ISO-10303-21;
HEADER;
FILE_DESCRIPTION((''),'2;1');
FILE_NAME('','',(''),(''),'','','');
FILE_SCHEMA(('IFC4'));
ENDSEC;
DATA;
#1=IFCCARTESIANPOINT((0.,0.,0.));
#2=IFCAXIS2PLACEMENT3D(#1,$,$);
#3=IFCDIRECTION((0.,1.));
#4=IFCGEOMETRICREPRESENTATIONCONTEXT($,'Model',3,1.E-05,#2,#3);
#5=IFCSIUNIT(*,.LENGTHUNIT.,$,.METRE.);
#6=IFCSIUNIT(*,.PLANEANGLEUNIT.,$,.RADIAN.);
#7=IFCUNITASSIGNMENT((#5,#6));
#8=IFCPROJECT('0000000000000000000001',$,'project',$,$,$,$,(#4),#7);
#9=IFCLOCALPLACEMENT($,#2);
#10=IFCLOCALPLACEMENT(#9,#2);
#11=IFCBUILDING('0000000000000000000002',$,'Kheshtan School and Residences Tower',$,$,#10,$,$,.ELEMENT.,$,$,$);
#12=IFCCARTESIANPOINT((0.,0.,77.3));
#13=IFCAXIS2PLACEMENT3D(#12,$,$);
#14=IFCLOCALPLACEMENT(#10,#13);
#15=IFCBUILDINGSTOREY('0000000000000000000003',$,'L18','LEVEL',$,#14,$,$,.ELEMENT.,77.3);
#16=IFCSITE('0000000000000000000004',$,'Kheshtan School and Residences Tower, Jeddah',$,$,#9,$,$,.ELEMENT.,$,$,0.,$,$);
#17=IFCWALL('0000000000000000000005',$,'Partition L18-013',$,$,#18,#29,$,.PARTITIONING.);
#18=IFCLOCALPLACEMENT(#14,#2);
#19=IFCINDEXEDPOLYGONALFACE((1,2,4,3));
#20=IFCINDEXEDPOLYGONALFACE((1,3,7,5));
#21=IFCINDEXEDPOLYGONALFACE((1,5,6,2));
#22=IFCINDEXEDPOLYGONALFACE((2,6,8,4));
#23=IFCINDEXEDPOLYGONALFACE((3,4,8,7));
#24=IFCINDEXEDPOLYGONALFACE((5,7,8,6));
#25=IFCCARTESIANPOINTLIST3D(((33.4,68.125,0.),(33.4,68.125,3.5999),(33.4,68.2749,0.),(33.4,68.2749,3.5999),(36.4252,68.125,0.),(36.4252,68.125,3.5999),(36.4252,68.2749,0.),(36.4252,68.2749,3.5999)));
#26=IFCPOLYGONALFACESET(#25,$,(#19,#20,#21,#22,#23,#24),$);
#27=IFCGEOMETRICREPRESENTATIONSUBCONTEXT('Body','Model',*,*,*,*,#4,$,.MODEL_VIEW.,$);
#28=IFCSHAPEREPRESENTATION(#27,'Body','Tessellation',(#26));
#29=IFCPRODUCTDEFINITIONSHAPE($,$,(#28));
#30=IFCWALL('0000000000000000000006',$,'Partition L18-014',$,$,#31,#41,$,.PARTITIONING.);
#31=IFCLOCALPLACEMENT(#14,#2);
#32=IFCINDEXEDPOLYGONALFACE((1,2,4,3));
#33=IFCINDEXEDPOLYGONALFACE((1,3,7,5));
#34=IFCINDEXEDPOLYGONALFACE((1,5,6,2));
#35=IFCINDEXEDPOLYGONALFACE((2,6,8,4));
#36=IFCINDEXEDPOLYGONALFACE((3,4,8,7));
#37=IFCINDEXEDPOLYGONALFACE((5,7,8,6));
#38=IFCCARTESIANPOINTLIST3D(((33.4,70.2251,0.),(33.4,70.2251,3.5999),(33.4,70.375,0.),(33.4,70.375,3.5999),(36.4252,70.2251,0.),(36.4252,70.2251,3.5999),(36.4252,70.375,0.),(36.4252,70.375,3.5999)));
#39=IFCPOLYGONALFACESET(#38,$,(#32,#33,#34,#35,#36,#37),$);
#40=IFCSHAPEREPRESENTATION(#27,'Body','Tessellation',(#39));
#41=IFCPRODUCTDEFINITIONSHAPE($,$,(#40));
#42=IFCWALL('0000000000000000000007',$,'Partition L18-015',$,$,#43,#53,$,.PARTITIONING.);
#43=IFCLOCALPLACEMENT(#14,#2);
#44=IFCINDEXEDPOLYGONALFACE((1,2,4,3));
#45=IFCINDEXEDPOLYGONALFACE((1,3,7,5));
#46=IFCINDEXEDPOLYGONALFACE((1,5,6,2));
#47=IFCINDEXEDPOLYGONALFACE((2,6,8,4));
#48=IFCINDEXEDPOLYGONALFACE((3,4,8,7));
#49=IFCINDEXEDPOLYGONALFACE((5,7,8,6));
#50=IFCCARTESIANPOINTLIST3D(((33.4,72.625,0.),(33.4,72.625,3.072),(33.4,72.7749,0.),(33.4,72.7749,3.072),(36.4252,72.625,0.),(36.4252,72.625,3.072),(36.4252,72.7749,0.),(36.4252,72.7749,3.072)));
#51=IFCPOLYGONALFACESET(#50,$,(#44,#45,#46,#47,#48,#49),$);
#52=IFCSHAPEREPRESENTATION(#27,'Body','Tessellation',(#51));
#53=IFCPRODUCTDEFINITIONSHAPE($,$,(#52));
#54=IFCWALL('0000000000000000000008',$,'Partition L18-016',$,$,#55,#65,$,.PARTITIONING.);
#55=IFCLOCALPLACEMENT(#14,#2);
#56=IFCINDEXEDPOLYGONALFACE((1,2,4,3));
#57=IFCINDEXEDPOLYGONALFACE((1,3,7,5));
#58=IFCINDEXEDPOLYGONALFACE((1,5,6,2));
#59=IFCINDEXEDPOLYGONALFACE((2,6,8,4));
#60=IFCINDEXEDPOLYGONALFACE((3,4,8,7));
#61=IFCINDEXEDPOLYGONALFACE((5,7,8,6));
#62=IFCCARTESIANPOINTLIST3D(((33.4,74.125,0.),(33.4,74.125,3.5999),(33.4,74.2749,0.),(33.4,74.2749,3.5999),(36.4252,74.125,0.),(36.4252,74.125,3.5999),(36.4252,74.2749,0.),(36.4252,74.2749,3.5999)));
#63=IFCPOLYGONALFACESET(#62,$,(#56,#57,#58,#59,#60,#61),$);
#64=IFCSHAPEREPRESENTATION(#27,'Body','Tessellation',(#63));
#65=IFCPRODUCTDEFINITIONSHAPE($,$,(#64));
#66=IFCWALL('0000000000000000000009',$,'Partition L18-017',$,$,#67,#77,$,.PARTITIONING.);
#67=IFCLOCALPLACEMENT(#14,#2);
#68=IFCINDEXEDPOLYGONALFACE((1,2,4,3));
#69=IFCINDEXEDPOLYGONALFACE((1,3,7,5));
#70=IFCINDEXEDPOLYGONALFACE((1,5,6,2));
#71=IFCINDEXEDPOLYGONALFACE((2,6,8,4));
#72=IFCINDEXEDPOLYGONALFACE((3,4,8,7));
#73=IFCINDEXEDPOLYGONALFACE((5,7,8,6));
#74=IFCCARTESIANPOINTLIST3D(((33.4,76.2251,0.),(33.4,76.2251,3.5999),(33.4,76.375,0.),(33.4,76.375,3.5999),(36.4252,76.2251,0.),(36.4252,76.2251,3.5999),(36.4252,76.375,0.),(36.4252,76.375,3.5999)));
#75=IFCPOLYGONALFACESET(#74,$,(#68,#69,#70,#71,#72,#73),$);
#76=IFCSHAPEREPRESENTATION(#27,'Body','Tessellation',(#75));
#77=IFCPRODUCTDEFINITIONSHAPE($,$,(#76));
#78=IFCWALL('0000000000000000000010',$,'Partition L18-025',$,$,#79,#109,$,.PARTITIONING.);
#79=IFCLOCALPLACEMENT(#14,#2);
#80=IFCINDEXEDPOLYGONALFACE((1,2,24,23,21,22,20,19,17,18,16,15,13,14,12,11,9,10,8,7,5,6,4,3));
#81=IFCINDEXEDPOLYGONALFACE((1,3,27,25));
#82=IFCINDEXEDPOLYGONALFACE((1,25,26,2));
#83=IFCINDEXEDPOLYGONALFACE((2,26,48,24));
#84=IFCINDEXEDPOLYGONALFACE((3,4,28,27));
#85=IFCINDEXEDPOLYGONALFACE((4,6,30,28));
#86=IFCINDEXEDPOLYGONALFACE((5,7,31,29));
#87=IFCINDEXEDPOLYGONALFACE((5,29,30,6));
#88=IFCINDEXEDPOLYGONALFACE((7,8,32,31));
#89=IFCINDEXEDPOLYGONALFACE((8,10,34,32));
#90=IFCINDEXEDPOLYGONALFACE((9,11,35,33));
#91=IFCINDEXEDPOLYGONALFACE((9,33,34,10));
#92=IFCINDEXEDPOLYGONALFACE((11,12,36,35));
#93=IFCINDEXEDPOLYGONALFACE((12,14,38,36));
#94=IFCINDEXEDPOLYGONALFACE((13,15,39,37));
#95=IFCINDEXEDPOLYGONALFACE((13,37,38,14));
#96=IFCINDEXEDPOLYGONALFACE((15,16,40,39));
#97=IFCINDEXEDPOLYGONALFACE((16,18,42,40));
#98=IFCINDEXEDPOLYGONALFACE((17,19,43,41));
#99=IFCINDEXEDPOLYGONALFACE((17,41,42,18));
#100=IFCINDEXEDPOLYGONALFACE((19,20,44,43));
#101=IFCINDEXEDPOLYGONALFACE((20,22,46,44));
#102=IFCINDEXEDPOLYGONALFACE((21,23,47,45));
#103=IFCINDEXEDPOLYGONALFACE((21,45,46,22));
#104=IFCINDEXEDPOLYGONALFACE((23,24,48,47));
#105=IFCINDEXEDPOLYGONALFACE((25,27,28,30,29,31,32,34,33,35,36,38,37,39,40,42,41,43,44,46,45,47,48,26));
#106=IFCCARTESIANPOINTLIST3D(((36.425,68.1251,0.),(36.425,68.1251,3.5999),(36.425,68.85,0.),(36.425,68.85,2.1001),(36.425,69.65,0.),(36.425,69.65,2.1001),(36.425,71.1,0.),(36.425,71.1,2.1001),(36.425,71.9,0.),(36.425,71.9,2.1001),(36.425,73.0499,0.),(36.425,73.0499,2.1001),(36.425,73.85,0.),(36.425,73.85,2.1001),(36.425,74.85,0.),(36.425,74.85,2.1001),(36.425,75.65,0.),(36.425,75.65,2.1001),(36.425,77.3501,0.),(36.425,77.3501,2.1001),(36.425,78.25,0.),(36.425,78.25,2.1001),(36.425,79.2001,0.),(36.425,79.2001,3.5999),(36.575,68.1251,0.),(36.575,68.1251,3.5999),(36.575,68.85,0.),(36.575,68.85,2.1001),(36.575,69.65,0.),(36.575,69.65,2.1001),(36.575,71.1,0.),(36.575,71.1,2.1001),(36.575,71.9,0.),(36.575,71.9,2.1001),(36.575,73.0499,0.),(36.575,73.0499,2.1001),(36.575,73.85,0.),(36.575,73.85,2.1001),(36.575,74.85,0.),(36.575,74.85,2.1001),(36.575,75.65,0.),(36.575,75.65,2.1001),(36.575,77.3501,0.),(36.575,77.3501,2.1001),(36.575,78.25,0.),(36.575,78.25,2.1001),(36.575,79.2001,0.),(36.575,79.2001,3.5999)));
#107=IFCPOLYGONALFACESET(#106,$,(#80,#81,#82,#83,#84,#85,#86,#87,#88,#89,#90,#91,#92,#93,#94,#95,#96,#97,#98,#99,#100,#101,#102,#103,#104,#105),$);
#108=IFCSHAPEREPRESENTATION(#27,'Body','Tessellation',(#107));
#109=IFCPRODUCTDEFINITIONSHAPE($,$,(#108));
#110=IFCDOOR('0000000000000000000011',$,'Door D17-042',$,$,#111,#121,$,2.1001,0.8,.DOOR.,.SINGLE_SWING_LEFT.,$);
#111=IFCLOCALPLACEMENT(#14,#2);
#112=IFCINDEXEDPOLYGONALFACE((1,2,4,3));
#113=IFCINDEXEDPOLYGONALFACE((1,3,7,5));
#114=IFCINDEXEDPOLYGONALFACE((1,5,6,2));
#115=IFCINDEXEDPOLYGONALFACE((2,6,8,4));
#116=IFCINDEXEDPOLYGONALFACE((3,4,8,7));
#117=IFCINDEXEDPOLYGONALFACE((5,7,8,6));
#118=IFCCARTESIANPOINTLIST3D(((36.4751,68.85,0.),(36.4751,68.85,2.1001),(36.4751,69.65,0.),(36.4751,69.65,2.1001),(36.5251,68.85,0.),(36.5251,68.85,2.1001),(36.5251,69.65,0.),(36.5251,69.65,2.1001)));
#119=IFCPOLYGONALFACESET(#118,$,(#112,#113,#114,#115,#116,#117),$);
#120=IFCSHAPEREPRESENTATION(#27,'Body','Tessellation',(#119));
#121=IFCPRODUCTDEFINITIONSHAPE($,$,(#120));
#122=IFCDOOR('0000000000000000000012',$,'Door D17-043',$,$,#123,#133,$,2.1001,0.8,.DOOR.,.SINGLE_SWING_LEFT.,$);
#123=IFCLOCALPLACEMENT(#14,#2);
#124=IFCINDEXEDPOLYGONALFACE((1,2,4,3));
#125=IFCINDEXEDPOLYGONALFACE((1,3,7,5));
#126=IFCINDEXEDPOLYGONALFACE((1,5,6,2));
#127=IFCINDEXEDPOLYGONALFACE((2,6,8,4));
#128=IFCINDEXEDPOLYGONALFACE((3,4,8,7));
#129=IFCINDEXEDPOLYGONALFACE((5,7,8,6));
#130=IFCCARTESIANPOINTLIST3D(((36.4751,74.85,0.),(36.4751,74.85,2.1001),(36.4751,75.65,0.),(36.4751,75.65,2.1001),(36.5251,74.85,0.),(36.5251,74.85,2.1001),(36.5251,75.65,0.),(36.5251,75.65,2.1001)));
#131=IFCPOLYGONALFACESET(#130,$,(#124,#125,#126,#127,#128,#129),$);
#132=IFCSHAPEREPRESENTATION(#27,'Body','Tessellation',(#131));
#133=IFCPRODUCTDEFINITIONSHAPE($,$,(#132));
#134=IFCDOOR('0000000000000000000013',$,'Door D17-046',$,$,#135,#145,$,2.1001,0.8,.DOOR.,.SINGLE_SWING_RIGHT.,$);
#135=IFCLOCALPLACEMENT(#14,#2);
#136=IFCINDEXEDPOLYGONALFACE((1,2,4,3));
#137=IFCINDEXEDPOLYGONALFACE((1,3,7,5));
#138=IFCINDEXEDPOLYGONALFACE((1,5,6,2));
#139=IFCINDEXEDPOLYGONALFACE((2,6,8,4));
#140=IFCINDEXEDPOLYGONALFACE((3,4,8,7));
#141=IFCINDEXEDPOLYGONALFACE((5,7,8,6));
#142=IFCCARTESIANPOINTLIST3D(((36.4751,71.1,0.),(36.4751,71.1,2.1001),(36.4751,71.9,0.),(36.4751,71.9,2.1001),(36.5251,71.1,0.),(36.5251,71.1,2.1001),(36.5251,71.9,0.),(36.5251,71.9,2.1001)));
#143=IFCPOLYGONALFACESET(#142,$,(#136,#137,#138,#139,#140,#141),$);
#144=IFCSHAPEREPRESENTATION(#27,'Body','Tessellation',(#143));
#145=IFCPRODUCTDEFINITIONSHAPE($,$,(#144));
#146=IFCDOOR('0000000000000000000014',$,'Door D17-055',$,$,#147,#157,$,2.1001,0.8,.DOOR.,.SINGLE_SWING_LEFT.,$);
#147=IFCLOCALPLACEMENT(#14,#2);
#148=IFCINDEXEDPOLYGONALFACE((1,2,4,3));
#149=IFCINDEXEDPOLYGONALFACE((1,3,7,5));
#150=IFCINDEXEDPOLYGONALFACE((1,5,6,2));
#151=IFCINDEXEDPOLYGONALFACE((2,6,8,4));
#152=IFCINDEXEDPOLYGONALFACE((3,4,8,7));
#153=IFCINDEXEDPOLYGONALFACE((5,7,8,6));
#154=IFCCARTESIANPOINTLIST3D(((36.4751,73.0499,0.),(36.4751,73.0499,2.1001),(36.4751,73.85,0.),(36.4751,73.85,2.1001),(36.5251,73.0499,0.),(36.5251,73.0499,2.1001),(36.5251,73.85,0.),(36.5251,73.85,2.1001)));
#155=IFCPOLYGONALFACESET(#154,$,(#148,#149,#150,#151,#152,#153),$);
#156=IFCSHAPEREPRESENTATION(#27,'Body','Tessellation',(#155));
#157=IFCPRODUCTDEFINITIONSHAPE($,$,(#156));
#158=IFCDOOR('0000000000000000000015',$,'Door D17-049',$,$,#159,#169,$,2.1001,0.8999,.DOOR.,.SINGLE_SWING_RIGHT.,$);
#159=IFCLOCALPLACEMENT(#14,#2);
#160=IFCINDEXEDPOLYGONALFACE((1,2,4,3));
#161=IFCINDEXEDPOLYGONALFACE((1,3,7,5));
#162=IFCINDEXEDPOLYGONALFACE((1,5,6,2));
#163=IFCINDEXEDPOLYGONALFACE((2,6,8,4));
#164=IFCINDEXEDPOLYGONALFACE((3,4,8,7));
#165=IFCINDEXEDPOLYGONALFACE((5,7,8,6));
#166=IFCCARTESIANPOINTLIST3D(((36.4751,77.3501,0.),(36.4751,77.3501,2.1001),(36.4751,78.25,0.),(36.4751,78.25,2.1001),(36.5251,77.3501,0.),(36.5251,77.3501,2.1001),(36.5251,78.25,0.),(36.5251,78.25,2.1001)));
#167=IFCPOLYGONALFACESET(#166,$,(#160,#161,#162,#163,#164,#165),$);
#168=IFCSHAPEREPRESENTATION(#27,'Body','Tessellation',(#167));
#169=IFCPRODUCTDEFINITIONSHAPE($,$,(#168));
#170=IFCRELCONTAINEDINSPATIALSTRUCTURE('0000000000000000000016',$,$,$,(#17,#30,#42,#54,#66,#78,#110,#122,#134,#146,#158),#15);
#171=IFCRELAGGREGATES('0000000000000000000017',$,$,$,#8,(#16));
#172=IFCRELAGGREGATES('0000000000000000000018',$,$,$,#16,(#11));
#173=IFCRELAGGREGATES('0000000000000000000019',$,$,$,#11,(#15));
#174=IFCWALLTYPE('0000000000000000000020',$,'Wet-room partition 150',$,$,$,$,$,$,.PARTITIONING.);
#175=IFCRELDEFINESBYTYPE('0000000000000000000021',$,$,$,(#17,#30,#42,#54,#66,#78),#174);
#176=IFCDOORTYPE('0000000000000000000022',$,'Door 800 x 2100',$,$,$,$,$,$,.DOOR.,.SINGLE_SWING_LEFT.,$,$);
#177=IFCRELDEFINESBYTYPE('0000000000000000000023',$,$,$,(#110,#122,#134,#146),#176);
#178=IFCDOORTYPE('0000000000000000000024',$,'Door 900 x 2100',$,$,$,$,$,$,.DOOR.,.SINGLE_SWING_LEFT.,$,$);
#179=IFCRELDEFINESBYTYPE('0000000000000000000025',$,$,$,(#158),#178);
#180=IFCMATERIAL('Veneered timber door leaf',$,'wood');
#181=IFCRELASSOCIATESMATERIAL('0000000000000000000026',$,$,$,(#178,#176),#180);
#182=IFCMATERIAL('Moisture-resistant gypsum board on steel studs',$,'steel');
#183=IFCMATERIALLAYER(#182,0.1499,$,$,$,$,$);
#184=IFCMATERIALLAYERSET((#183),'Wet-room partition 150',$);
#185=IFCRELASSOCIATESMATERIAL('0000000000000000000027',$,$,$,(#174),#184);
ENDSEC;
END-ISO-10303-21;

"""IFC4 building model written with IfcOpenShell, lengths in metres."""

from ifc_helpers import new_model, si_unit, direction, frame, frame_2d, origin, place, context, subcontext, project, spatial, rectangle, extrude, source, transform, mapped, material, layer, layer_set, type_object, element, fill, save


model = new_model("IFC4")

# Units and contexts
model_context = context("Model", 3, precision=1e-05, world=origin(), true_north=direction((0.0, 1.0)))
body_context = subcontext(model_context, "Body", "Model", "MODEL_VIEW")
ifc_project = project(units=[si_unit("LENGTHUNIT", "METRE"), si_unit("PLANEANGLEUNIT", "RADIAN")], contexts=[model_context])

# Site, building, storey
site_placement = place(None, origin())
site = spatial("IfcSite", under=ifc_project, at=site_placement, Name="Kheshtan School and Residences Tower, Jeddah", CompositionType="ELEMENT", RefElevation=0.0)
building_placement = place(site_placement, origin())
building = spatial("IfcBuilding", under=site, at=building_placement, Name="Kheshtan School and Residences Tower", CompositionType="ELEMENT")
storey_placement = place(building_placement, frame((0.0, 0.0, 77.3)))
storey = spatial("IfcBuildingStorey", under=building, at=storey_placement, Name="L18", Description="LEVEL", CompositionType="ELEMENT", Elevation=77.3)

# Shared definitions
ifc_material_1 = material(Name="Veneered timber door leaf", Category="wood")
door_type_1 = type_object("IfcDoorType", Name="Door 900 x 2100", OperationType="SINGLE_SWING_LEFT", PredefinedType="DOOR", material=ifc_material_1)
shared_shape_1 = source(origin(), body_context, "Body", "SweptSolid", [
    extrude(rectangle(XDim=0.8999, YDim=2.1001, at=frame_2d((0.45, 1.05))), frame((0.0, 0.0249, 0.0), z_axis=(0.0, -1.0, 0.0), x_axis=(1.0, 0.0, 0.0)), (0.0, 0.0, 1.0), 0.05),
])

# Walls
ifc_material_2 = material(Name="Moisture-resistant gypsum board on steel studs", Category="steel")
ifc_layer_1 = layer(ifc_material_2, 0.1499)
ifc_layer_set_1 = layer_set([ifc_layer_1], Name="Wet-room partition 150")
wall_type_1 = type_object("IfcWallType", Name="Wet-room partition 150", PredefinedType="PARTITIONING", material=ifc_layer_set_1)
for number, where, z_axis, x_axis, name in (
    (1, (33.3999, 68.2, 0.0), (0.0, 0.0, 1.0), (1.0, 0.0, 0.0), "Partition L18-013"),
    (2, (33.3999, 70.3, 0.0), (0.0, 0.0, 1.0), (1.0, 0.0, 0.0), "Partition L18-014"),
):
    element("IfcWall", number, at=place(storey_placement, frame(where, z_axis=z_axis, x_axis=x_axis)), inside=storey, type_object=wall_type_1, Name=name, PredefinedType="PARTITIONING", context=body_context, shape_type="SweptSolid", body=[
        extrude(rectangle(XDim=3.0251, YDim=0.1499, at=frame_2d((1.5127, 0.0))), origin(), (0.0, 0.0, 1.0), 3.5999),
    ])
wall_1_placement = place(storey_placement, frame((33.3999, 72.7, 0.0), z_axis=(0.0, 0.0, 1.0), x_axis=(1.0, 0.0, 0.0)))
element("IfcWall", 3, at=wall_1_placement, inside=storey, type_object=wall_type_1, Name="Partition L18-015", PredefinedType="PARTITIONING", context=body_context, shape_type="SweptSolid", body=[
    extrude(rectangle(XDim=3.0251, YDim=0.1499, at=frame_2d((1.5127, 0.0))), origin(), (0.0, 0.0, 1.0), 3.072),
])
for number, where, z_axis, x_axis, name in (
    (4, (33.3999, 74.2, 0.0), (0.0, 0.0, 1.0), (1.0, 0.0, 0.0), "Partition L18-016"),
    (5, (33.3999, 76.3, 0.0), (0.0, 0.0, 1.0), (1.0, 0.0, 0.0), "Partition L18-017"),
):
    element("IfcWall", number, at=place(storey_placement, frame(where, z_axis=z_axis, x_axis=x_axis)), inside=storey, type_object=wall_type_1, Name=name, PredefinedType="PARTITIONING", context=body_context, shape_type="SweptSolid", body=[
        extrude(rectangle(XDim=3.0251, YDim=0.1499, at=frame_2d((1.5127, 0.0))), origin(), (0.0, 0.0, 1.0), 3.5999),
    ])

# Wall, openings, doors
wall_2_placement = place(storey_placement, frame((36.5, 68.125, 0.0), z_axis=(0.0, 0.0, 1.0), x_axis=(0.0, 1.0, 0.0)))
wall_2 = element("IfcWall", 6, at=wall_2_placement, inside=storey, type_object=wall_type_1, Name="Partition L18-025", PredefinedType="PARTITIONING", context=body_context, shape_type="SweptSolid", body=[
    extrude(rectangle(XDim=11.075, YDim=0.1499, at=frame_2d((5.5376, 0.0))), origin(), (0.0, 0.0, 1.0), 3.5999),
])
opening_1_placement = place(wall_2_placement, frame((0.7251, 0.0, 0.0)))
opening_1 = element("IfcOpeningElement", 7, at=opening_1_placement, cuts=wall_2, PredefinedType="OPENING", context=body_context, shape_type="SweptSolid", body=[
    extrude(rectangle(XDim=0.8, YDim=2.1001, at=frame_2d((0.3999, 1.05))), frame((0.0, 0.085, 0.0), z_axis=(0.0, -1.0, 0.0), x_axis=(1.0, 0.0, 0.0)), (0.0, 0.0, 1.0), 0.1699),
])
opening_2_placement = place(wall_2_placement, frame((6.7251, 0.0, 0.0)))
opening_2 = element("IfcOpeningElement", 8, at=opening_2_placement, cuts=wall_2, PredefinedType="OPENING", context=body_context, shape_type="SweptSolid", body=[
    extrude(rectangle(XDim=0.8, YDim=2.1001, at=frame_2d((0.3999, 1.05))), frame((0.0, 0.085, 0.0), z_axis=(0.0, -1.0, 0.0), x_axis=(1.0, 0.0, 0.0)), (0.0, 0.0, 1.0), 0.1699),
])
opening_3_placement = place(wall_2_placement, frame((2.9751, 0.0, 0.0)))
opening_3 = element("IfcOpeningElement", 9, at=opening_3_placement, cuts=wall_2, PredefinedType="OPENING", context=body_context, shape_type="SweptSolid", body=[
    extrude(rectangle(XDim=0.8, YDim=2.1001, at=frame_2d((0.3999, 1.05))), frame((0.0, 0.085, 0.0), z_axis=(0.0, -1.0, 0.0), x_axis=(1.0, 0.0, 0.0)), (0.0, 0.0, 1.0), 0.1699),
])
opening_4_placement = place(wall_2_placement, frame((9.2251, 0.0, 0.0)))
opening_4 = element("IfcOpeningElement", 10, at=opening_4_placement, cuts=wall_2, PredefinedType="OPENING", context=body_context, shape_type="SweptSolid", body=[
    extrude(rectangle(XDim=0.8999, YDim=2.1001, at=frame_2d((0.45, 1.05))), frame((0.0, 0.085, 0.0), z_axis=(0.0, -1.0, 0.0), x_axis=(1.0, 0.0, 0.0)), (0.0, 0.0, 1.0), 0.1699),
])
opening_5_placement = place(wall_2_placement, frame((4.925, 0.0, 0.0)))
opening_5 = element("IfcOpeningElement", 11, at=opening_5_placement, cuts=wall_2, PredefinedType="OPENING", context=body_context, shape_type="SweptSolid", body=[
    extrude(rectangle(XDim=0.8, YDim=2.1001, at=frame_2d((0.3999, 1.05))), frame((0.0, 0.085, 0.0), z_axis=(0.0, -1.0, 0.0), x_axis=(1.0, 0.0, 0.0)), (0.0, 0.0, 1.0), 0.1699),
])
door_type_2 = type_object("IfcDoorType", Name="Door 800 x 2100", OperationType="SINGLE_SWING_LEFT", PredefinedType="DOOR", material=ifc_material_1)
shared_shape_2 = source(origin(), body_context, "Body", "SweptSolid", [
    extrude(rectangle(XDim=0.8, YDim=2.1001, at=frame_2d((0.3999, 1.05))), frame((0.0, 0.0249, 0.0), z_axis=(0.0, -1.0, 0.0), x_axis=(1.0, 0.0, 0.0)), (0.0, 0.0, 1.0), 0.05),
])
door_1_placement = place(opening_1_placement, origin())
door_1 = element("IfcDoor", 12, at=door_1_placement, inside=storey, type_object=door_type_2, Name="Door D17-042", OperationType="SINGLE_SWING_LEFT", OverallHeight=2.1001, OverallWidth=0.8, PredefinedType="DOOR", context=body_context, shape_type="MappedRepresentation", body=[
    mapped(shared_shape_2, transform((0.0, 0.0, 0.0), x_axis=(1.0, 0.0, 0.0), y_axis=(0.0, 1.0, 0.0), z_axis=(0.0, 0.0, 1.0), scale=1.0)),
])
fill(opening_1, door_1)
door_2_placement = place(opening_2_placement, origin())
door_2 = element("IfcDoor", 13, at=door_2_placement, inside=storey, type_object=door_type_2, Name="Door D17-043", OperationType="SINGLE_SWING_LEFT", OverallHeight=2.1001, OverallWidth=0.8, PredefinedType="DOOR", context=body_context, shape_type="MappedRepresentation", body=[
    mapped(shared_shape_2, transform((0.0, 0.0, 0.0), x_axis=(1.0, 0.0, 0.0), y_axis=(0.0, 1.0, 0.0), z_axis=(0.0, 0.0, 1.0), scale=1.0)),
])
fill(opening_2, door_2)
door_3_placement = place(opening_3_placement, origin())
door_3 = element("IfcDoor", 14, at=door_3_placement, inside=storey, type_object=door_type_2, Name="Door D17-046", OperationType="SINGLE_SWING_RIGHT", OverallHeight=2.1001, OverallWidth=0.8, PredefinedType="DOOR", context=body_context, shape_type="MappedRepresentation", body=[
    mapped(shared_shape_2, transform((0.0, 0.0, 0.0), x_axis=(1.0, 0.0, 0.0), y_axis=(0.0, 1.0, 0.0), z_axis=(0.0, 0.0, 1.0), scale=1.0)),
])
fill(opening_3, door_3)
door_4_placement = place(opening_5_placement, origin())
door_4 = element("IfcDoor", 15, at=door_4_placement, inside=storey, type_object=door_type_2, Name="Door D17-055", OperationType="SINGLE_SWING_LEFT", OverallHeight=2.1001, OverallWidth=0.8, PredefinedType="DOOR", context=body_context, shape_type="MappedRepresentation", body=[
    mapped(shared_shape_2, transform((0.0, 0.0, 0.0), x_axis=(1.0, 0.0, 0.0), y_axis=(0.0, 1.0, 0.0), z_axis=(0.0, 0.0, 1.0), scale=1.0)),
])
fill(opening_5, door_4)
door_5_placement = place(opening_4_placement, origin())
door_5 = element("IfcDoor", 16, at=door_5_placement, inside=storey, type_object=door_type_1, Name="Door D17-049", OperationType="SINGLE_SWING_RIGHT", OverallHeight=2.1001, OverallWidth=0.8999, PredefinedType="DOOR", context=body_context, shape_type="MappedRepresentation", body=[
    mapped(shared_shape_1, transform((0.0, 0.0, 0.0), x_axis=(1.0, 0.0, 0.0), y_axis=(0.0, 1.0, 0.0), z_axis=(0.0, 0.0, 1.0), scale=1.0)),
])
fill(opening_4, door_5)

save(model, "model.ifc")
